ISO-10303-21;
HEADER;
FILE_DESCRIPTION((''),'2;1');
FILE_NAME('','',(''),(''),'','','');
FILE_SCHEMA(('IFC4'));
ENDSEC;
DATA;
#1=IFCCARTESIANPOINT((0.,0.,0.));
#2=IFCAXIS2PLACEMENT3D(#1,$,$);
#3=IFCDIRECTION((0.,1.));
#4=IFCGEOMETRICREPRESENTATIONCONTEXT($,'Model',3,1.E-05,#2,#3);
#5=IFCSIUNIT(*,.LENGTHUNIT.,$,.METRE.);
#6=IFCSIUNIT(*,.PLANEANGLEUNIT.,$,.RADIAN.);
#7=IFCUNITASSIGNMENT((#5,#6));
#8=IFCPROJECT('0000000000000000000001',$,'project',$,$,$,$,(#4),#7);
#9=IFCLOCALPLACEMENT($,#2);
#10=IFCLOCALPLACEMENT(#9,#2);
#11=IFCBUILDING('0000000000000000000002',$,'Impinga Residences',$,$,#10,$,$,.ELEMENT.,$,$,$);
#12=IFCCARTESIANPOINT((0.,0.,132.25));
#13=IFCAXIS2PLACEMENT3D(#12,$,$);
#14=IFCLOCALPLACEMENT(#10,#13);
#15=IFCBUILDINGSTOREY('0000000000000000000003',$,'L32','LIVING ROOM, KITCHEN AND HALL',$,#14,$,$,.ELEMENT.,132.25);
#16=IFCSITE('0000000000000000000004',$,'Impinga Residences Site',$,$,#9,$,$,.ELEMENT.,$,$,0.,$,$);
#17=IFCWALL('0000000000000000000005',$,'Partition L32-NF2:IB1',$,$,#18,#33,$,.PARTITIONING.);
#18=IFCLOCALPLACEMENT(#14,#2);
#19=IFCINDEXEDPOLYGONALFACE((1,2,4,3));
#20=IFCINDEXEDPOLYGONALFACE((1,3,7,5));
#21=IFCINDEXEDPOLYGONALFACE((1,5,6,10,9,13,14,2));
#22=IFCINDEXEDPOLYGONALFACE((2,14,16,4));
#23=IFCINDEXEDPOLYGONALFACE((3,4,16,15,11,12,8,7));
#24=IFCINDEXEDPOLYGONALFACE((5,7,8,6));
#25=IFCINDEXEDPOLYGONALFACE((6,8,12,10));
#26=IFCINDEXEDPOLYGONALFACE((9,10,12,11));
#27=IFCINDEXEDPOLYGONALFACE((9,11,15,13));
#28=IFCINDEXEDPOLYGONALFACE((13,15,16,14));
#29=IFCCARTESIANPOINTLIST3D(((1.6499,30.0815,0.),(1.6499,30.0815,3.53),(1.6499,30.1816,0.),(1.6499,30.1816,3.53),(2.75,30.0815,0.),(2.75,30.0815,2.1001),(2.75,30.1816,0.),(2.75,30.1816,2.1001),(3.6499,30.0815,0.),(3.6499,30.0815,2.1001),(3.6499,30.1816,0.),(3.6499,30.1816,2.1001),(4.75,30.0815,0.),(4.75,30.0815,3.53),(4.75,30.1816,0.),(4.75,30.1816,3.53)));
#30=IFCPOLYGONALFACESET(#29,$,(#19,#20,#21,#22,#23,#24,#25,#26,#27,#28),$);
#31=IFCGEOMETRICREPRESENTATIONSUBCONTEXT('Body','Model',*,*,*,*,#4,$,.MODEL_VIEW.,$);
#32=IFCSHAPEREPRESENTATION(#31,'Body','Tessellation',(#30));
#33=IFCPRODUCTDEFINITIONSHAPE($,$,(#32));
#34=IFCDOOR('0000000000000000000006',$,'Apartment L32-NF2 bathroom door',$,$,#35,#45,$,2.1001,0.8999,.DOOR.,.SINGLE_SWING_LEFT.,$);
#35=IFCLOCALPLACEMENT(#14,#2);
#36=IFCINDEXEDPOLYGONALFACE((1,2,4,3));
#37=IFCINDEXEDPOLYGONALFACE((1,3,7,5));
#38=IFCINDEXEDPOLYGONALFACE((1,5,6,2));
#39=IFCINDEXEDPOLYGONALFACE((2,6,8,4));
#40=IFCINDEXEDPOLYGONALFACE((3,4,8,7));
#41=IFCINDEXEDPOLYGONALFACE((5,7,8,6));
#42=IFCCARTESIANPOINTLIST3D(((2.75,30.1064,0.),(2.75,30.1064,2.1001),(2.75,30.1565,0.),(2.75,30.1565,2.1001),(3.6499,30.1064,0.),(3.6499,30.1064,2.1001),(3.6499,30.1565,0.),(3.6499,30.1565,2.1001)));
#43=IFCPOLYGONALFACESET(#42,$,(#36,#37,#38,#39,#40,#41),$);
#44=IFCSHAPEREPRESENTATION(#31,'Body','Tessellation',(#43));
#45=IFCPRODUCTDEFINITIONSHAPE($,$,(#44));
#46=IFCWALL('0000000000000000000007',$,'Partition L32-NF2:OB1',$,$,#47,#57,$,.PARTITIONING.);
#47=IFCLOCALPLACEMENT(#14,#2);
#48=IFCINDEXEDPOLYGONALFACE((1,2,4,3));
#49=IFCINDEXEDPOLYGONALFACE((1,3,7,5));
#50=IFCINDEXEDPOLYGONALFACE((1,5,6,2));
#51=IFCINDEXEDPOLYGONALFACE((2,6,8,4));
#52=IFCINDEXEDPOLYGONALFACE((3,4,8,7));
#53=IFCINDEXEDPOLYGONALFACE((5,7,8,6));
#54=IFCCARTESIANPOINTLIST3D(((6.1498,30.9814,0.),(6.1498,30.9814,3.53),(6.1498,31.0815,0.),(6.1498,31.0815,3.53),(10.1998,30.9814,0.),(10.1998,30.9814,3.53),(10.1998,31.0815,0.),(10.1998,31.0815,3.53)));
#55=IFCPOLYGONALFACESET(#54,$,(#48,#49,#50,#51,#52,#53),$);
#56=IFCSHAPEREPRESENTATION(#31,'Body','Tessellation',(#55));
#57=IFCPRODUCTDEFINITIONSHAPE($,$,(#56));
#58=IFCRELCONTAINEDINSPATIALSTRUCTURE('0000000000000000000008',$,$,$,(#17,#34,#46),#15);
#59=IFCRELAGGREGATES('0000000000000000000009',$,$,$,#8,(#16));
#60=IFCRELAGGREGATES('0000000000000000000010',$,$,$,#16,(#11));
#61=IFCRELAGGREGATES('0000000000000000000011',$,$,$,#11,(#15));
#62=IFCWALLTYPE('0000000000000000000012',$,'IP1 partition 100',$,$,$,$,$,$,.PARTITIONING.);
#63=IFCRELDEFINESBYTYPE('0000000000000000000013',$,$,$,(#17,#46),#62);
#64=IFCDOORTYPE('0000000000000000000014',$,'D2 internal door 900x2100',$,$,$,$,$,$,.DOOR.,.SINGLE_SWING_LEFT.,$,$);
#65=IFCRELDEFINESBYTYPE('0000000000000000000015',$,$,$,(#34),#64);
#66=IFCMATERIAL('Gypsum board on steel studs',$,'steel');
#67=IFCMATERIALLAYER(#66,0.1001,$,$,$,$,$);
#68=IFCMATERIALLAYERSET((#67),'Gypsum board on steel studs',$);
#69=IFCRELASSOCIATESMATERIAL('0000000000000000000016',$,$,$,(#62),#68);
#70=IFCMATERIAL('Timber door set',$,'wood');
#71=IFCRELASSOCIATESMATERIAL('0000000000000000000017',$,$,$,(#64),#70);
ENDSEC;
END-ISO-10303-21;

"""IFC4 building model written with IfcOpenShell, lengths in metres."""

from ifc_helpers import new_model, si_unit, direction, frame, frame_2d, origin, place, context, subcontext, project, spatial, rectangle, extrude, material, layer, layer_set, type_object, element, fill, save


model = new_model("IFC4")

# Units and contexts
model_context = context("Model", 3, precision=1e-05, world=origin(), true_north=direction((0.0, 1.0)))
body_context = subcontext(model_context, "Body", "Model", "MODEL_VIEW")
ifc_project = project(units=[si_unit("LENGTHUNIT", "METRE"), si_unit("PLANEANGLEUNIT", "RADIAN")], contexts=[model_context])

# Site, building, storey
site_placement = place(None, origin())
site = spatial("IfcSite", under=ifc_project, at=site_placement, Name="Impinga Residences Site", CompositionType="ELEMENT", RefElevation=0.0)
building_placement = place(site_placement, origin())
building = spatial("IfcBuilding", under=site, at=building_placement, Name="Impinga Residences", CompositionType="ELEMENT")
storey_placement = place(building_placement, frame((0.0, 0.0, 132.25)))
storey = spatial("IfcBuildingStorey", under=building, at=storey_placement, Name="L32", Description="LIVING ROOM, KITCHEN AND HALL", CompositionType="ELEMENT", Elevation=132.25)

# Shared definitions
ifc_material_1 = material(Name="Gypsum board on steel studs", Category="steel")
ifc_layer_1 = layer(ifc_material_1, 0.1001)
ifc_layer_set_1 = layer_set([ifc_layer_1], Name="Gypsum board on steel studs")
wall_type_1 = type_object("IfcWallType", Name="IP1 partition 100", PredefinedType="PARTITIONING", material=ifc_layer_set_1)

# Wall, opening, door
wall_1_placement = place(storey_placement, frame((1.6499, 30.1316, 0.0), z_axis=(0.0, 0.0, 1.0), x_axis=(1.0, 0.0, 0.0)))
wall_1 = element("IfcWall", 1, at=wall_1_placement, inside=storey, type_object=wall_type_1, Name="Partition L32-NF2:IB1", PredefinedType="PARTITIONING", context=body_context, shape_type="SweptSolid", body=[
    extrude(rectangle(XDim=3.1001, YDim=0.1001, at=frame_2d((1.55, 0.0))), origin(), (0.0, 0.0, 1.0), 3.53),
])
opening_1_placement = place(wall_1_placement, frame((1.1001, 0.0, 0.0)))
opening_1 = element("IfcOpeningElement", 2, at=opening_1_placement, cuts=wall_1, PredefinedType="OPENING", context=body_context, shape_type="SweptSolid", body=[
    extrude(rectangle(XDim=0.8999, YDim=2.1001, at=frame_2d((0.45, 1.05))), frame((0.0, 0.0601, 0.0), z_axis=(0.0, -1.0, 0.0), x_axis=(1.0, 0.0, 0.0)), (0.0, 0.0, 1.0), 0.1201),
])
ifc_material_2 = material(Name="Timber door set", Category="wood")
door_type = type_object("IfcDoorType", Name="D2 internal door 900x2100", OperationType="SINGLE_SWING_LEFT", PredefinedType="DOOR", material=ifc_material_2)
door_placement = place(opening_1_placement, origin())
door = element("IfcDoor", 3, at=door_placement, inside=storey, type_object=door_type, Name="Apartment L32-NF2 bathroom door", OperationType="SINGLE_SWING_LEFT", OverallHeight=2.1001, OverallWidth=0.8999, PredefinedType="DOOR", context=body_context, shape_type="SweptSolid", body=[
    extrude(rectangle(XDim=0.8999, YDim=2.1001, at=frame_2d((0.45, 1.05))), frame((0.0, 0.0249, 0.0), z_axis=(0.0, -1.0, 0.0), x_axis=(1.0, 0.0, 0.0)), (0.0, 0.0, 1.0), 0.05),
])
fill(opening_1, door)

# Wall
wall_2_placement = place(storey_placement, frame((6.1499, 31.0315, 0.0), z_axis=(0.0, 0.0, 1.0), x_axis=(1.0, 0.0, 0.0)))
element("IfcWall", 4, at=wall_2_placement, inside=storey, type_object=wall_type_1, Name="Partition L32-NF2:OB1", PredefinedType="PARTITIONING", context=body_context, shape_type="SweptSolid", body=[
    extrude(rectangle(XDim=4.05, YDim=0.1001, at=frame_2d((2.0249, 0.0))), origin(), (0.0, 0.0, 1.0), 3.53),
])

save(model, "model.ifc")
